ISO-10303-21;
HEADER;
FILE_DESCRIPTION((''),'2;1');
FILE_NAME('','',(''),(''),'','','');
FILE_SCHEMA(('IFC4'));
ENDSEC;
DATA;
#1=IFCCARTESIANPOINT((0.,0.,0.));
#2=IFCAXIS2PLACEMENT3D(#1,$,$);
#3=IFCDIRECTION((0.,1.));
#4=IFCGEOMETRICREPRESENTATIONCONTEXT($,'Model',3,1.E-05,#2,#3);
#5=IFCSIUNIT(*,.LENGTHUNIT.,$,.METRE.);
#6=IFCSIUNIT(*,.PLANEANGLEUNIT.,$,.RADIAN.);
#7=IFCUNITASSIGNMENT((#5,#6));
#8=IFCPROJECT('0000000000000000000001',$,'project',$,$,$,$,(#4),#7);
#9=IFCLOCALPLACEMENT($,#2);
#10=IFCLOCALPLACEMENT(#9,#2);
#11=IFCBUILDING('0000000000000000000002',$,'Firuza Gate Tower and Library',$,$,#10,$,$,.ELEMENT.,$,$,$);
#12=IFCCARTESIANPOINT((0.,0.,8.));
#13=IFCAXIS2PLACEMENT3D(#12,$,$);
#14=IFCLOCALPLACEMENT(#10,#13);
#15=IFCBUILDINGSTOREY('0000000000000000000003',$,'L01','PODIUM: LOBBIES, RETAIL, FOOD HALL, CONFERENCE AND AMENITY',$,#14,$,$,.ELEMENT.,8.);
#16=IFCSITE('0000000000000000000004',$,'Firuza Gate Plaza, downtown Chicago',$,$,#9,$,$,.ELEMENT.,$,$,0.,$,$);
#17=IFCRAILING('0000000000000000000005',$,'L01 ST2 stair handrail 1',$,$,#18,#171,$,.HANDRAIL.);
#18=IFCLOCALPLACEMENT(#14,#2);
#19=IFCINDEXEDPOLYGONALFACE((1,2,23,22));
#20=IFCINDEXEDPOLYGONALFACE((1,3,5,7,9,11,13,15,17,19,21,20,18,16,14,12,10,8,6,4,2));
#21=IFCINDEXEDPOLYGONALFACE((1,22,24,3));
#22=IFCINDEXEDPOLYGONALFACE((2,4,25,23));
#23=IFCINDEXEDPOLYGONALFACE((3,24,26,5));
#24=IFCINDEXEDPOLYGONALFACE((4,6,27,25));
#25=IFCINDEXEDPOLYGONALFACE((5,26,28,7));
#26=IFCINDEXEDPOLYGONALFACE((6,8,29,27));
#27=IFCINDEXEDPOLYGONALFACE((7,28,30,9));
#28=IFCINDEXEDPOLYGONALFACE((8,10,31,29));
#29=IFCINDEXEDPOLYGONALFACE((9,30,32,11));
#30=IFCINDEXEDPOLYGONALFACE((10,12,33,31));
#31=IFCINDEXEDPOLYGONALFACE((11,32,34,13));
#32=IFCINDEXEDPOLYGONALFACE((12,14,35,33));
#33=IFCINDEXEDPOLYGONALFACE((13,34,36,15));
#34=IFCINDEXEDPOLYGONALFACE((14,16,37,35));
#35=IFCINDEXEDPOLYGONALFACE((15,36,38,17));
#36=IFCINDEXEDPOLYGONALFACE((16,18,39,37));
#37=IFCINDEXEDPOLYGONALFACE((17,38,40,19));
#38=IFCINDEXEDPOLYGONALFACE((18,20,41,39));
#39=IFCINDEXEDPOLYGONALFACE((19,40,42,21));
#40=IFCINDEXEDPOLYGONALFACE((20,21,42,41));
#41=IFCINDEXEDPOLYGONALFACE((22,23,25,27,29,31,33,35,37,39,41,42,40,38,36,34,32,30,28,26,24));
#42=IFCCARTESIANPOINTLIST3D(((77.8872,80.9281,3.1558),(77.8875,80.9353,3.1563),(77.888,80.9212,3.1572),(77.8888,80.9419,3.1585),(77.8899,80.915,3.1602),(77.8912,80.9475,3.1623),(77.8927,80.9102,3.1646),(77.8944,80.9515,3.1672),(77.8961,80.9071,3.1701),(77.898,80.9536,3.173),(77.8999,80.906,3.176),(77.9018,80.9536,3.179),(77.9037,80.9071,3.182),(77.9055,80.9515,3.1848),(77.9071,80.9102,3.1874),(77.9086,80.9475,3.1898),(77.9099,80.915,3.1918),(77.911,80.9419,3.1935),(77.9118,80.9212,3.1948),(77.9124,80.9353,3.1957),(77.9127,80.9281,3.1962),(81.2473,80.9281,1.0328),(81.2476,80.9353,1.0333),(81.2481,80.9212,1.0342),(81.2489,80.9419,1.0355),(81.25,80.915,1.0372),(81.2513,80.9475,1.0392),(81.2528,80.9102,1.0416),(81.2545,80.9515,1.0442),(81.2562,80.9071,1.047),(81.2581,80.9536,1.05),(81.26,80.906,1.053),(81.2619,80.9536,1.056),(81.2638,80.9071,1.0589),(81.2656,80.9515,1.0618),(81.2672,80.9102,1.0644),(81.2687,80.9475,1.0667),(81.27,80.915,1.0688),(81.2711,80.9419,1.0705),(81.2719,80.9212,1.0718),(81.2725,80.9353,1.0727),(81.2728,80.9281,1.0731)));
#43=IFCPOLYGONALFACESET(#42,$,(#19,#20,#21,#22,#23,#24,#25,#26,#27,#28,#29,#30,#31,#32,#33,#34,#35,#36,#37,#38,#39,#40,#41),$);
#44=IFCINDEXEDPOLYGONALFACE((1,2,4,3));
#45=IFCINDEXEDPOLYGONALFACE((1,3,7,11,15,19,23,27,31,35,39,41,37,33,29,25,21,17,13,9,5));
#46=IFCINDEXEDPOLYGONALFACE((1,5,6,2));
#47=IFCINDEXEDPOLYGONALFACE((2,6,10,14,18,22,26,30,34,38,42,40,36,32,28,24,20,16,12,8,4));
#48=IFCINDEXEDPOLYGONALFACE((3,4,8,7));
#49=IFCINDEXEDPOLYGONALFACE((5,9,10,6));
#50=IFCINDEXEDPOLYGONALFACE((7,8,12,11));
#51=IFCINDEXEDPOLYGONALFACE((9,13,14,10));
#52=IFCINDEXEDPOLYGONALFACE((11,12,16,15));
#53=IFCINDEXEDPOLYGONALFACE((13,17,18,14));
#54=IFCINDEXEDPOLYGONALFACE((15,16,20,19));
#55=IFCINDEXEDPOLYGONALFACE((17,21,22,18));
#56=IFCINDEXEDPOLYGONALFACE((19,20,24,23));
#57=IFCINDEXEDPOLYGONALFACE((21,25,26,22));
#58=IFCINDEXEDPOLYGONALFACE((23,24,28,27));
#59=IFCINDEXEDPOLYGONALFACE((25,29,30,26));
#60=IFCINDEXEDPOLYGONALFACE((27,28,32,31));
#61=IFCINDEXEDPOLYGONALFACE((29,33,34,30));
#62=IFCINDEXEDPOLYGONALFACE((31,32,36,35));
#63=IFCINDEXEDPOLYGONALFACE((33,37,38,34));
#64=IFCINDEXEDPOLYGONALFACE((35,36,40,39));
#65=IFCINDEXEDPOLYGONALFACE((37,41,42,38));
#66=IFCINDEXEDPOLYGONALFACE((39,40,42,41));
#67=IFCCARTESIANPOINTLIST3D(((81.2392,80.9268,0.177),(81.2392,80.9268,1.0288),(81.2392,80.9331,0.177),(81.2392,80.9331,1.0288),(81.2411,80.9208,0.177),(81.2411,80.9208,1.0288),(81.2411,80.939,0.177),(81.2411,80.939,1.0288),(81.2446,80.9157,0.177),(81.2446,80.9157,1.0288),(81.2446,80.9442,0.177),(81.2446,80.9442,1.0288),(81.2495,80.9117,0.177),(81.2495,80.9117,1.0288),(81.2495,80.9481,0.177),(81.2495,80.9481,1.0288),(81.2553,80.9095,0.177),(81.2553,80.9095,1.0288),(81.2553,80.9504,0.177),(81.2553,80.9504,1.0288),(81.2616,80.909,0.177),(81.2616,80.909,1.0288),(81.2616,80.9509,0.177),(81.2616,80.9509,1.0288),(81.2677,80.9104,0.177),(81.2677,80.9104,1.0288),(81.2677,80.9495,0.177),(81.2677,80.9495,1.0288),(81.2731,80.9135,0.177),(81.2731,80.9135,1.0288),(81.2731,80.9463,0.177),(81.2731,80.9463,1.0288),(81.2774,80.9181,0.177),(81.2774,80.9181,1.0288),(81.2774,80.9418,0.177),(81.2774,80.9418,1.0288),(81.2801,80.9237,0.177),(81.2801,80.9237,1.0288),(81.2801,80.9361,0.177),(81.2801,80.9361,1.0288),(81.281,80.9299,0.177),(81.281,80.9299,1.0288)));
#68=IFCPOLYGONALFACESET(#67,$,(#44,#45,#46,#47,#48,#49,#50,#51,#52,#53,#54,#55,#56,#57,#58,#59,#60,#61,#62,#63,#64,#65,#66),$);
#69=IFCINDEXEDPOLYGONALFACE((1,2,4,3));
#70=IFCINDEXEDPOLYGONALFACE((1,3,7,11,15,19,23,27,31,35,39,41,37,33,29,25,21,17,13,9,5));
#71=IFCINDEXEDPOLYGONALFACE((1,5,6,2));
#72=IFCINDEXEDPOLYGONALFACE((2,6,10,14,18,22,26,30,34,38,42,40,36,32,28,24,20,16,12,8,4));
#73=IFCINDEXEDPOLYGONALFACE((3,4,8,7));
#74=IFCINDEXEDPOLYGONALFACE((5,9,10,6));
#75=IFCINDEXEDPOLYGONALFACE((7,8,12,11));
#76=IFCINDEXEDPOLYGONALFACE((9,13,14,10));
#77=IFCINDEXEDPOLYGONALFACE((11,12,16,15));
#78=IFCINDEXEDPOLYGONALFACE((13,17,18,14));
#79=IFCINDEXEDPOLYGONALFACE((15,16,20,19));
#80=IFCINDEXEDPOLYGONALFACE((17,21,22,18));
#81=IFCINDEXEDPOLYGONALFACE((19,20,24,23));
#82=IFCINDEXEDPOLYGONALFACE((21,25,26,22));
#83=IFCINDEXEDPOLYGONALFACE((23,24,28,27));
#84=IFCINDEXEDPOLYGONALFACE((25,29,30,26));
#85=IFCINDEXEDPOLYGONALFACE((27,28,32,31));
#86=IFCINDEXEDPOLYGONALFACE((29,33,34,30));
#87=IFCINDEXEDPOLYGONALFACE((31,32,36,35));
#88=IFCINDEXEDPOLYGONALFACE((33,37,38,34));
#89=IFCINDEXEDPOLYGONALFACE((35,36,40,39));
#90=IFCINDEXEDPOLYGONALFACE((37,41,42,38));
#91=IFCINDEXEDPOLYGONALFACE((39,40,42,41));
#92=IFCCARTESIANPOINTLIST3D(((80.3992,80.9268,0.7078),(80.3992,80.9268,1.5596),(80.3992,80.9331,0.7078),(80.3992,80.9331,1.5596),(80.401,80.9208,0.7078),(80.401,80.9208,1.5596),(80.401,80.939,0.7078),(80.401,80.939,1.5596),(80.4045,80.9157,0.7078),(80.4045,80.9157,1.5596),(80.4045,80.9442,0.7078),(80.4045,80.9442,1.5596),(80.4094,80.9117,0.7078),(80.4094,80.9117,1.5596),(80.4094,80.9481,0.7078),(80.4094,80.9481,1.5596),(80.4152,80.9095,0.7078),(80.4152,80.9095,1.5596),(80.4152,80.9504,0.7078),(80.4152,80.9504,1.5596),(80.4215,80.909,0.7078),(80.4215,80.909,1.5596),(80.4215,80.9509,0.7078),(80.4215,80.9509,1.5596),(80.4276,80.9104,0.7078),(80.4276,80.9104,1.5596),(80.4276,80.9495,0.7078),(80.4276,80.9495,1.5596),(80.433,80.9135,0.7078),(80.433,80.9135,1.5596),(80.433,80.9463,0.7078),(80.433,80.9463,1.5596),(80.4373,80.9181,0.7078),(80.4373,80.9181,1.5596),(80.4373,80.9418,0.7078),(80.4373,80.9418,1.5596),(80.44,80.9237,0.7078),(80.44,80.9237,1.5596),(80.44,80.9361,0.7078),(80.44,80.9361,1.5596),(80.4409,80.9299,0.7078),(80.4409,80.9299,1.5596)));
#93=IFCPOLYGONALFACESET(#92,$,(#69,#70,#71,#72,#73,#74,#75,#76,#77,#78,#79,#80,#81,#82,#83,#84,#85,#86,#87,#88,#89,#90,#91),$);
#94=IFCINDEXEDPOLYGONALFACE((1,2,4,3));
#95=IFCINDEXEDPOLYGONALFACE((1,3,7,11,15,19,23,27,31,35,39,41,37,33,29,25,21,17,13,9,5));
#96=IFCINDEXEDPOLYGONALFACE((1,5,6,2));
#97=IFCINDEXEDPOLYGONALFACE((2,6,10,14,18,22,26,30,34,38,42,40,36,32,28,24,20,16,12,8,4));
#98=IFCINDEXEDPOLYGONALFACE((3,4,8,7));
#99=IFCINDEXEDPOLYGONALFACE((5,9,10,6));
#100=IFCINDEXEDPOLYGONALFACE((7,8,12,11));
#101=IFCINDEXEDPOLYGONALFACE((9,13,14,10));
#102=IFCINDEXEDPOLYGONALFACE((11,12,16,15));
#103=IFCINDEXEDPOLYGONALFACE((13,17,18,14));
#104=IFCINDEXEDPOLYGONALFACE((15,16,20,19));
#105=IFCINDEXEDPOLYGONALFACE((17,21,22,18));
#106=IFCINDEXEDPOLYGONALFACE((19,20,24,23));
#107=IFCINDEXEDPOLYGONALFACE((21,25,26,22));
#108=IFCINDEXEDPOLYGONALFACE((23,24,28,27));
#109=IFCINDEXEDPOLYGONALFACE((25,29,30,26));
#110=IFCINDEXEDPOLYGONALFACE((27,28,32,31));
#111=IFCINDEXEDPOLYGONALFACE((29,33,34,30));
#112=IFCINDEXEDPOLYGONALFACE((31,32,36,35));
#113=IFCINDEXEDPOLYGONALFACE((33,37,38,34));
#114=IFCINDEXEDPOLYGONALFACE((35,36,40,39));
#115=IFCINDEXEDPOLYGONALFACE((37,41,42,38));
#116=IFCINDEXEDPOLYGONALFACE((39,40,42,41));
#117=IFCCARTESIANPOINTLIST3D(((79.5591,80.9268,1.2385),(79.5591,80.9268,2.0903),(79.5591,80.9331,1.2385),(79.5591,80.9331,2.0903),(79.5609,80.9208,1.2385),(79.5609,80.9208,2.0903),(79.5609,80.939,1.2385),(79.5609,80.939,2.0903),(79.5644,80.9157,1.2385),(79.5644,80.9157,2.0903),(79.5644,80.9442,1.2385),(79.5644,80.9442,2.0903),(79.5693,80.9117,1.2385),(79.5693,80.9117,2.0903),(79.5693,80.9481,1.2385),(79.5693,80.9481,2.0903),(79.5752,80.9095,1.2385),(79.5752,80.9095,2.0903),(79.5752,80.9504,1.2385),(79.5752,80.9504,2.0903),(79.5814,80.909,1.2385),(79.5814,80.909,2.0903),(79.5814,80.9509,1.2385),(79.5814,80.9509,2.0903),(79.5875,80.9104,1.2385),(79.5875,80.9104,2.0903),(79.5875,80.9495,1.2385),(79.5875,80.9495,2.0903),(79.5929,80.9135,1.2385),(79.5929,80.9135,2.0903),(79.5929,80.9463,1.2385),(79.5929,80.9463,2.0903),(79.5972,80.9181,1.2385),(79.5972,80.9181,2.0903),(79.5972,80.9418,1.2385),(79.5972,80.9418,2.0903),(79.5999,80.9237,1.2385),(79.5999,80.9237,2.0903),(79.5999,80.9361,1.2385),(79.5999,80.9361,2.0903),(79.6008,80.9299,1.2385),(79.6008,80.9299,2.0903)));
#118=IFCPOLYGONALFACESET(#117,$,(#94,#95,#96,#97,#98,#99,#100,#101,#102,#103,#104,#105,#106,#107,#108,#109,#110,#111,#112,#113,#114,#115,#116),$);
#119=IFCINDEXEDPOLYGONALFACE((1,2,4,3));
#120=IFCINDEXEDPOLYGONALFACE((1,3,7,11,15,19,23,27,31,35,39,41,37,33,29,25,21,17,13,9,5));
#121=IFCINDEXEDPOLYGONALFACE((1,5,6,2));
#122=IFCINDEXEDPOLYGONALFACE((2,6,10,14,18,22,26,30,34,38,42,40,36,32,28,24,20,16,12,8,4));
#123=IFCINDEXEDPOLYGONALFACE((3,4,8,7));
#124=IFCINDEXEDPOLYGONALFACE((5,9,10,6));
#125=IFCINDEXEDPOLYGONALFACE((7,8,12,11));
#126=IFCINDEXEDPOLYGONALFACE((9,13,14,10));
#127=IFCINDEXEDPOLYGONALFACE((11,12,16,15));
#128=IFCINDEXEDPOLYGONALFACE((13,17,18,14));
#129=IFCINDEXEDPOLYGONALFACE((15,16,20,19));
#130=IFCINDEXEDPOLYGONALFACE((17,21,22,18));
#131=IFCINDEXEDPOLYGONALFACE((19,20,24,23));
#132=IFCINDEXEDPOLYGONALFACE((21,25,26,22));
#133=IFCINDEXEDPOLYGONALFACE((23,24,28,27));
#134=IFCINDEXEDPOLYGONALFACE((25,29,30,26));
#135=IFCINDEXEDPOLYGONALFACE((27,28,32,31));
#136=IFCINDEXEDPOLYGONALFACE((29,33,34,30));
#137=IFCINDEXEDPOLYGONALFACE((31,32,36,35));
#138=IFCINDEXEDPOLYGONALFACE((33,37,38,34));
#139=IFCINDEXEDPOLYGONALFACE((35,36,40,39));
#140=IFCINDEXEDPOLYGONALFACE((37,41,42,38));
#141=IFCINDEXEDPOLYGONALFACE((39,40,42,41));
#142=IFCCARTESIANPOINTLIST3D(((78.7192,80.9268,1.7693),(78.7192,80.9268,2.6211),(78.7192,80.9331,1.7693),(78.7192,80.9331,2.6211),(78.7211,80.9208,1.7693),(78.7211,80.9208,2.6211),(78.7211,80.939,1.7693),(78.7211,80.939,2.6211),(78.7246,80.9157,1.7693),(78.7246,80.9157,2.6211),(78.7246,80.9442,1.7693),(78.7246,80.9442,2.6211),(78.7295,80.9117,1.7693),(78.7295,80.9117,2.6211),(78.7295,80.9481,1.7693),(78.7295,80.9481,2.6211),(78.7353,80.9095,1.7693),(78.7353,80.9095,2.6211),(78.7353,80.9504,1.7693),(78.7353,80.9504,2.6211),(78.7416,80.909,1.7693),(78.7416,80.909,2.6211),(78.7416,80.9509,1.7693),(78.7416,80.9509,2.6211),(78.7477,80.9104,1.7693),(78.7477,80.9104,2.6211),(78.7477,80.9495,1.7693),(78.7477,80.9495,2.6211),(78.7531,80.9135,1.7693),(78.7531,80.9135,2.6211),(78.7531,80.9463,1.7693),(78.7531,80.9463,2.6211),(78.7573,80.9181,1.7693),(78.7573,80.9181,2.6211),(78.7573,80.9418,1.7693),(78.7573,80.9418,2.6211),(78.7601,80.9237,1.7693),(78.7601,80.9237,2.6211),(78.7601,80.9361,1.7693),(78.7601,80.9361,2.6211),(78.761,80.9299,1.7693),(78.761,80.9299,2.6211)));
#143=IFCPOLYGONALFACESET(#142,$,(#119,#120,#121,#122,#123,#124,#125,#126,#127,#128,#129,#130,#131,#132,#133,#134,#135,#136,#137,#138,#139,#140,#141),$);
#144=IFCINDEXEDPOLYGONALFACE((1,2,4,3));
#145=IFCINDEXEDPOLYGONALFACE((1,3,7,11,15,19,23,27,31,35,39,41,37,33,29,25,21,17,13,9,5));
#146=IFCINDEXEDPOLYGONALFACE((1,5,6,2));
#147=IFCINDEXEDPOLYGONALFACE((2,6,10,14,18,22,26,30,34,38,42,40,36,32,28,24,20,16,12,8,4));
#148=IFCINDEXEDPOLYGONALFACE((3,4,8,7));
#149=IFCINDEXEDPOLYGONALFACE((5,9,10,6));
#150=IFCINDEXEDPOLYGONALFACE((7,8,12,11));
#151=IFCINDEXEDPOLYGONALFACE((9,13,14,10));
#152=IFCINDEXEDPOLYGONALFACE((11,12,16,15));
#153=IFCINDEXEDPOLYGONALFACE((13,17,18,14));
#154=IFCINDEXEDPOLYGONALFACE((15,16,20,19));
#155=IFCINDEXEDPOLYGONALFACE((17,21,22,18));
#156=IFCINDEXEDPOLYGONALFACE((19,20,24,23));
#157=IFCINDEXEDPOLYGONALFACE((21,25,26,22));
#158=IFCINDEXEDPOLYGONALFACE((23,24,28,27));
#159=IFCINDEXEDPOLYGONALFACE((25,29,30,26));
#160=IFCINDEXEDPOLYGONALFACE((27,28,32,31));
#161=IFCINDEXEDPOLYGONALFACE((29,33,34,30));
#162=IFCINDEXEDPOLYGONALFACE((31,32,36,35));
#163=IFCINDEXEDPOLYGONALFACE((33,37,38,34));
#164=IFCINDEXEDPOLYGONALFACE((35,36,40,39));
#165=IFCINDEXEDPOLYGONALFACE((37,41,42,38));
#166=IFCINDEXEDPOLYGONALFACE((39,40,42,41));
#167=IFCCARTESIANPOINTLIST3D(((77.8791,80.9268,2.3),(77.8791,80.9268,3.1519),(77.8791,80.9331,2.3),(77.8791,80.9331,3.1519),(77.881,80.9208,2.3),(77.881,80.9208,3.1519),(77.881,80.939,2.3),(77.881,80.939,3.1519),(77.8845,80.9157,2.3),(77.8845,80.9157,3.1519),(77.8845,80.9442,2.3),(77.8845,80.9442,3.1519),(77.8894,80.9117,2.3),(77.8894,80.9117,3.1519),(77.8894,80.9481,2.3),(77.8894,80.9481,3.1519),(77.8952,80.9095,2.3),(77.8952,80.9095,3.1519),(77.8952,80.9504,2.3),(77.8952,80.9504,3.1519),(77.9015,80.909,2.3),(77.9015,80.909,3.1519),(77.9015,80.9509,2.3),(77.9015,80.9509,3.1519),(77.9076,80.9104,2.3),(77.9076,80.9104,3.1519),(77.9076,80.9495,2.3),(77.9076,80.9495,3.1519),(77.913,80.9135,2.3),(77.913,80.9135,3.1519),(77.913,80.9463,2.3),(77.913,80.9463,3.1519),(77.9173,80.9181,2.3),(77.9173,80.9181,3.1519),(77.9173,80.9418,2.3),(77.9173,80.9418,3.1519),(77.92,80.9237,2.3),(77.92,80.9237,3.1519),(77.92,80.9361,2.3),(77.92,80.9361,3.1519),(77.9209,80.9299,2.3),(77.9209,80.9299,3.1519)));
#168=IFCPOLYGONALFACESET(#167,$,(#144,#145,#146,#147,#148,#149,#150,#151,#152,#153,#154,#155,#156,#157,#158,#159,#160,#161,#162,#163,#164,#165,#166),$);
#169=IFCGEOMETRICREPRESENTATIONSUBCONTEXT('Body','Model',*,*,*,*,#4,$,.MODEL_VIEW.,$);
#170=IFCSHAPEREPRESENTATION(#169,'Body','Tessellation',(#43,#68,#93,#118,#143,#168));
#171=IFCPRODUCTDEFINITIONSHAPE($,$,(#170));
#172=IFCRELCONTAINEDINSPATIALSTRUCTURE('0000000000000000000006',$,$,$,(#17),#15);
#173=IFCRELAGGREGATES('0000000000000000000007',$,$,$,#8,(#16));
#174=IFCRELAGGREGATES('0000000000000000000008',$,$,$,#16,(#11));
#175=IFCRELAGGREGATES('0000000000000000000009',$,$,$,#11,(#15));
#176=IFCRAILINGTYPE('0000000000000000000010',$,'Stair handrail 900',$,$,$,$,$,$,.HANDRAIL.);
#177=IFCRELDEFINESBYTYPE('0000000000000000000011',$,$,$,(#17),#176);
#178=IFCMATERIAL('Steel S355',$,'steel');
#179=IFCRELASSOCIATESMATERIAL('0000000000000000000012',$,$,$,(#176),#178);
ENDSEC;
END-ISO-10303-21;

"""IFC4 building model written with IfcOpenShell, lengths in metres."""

from ifc_helpers import new_model, si_unit, direction, frame, origin, origin_2d, place, context, subcontext, project, spatial, circle, extrude, material, type_object, element, save


model = new_model("IFC4")

# Units and contexts
model_context = context("Model", 3, precision=1e-05, world=origin(), true_north=direction((0.0, 1.0)))
body_context = subcontext(model_context, "Body", "Model", "MODEL_VIEW")
ifc_project = project(units=[si_unit("LENGTHUNIT", "METRE"), si_unit("PLANEANGLEUNIT", "RADIAN")], contexts=[model_context])

# Site, building, storey
site_placement = place(None, origin())
site = spatial("IfcSite", under=ifc_project, at=site_placement, Name="Firuza Gate Plaza, downtown Chicago", CompositionType="ELEMENT", RefElevation=0.0)
building_placement = place(site_placement, origin())
building = spatial("IfcBuilding", under=site, at=building_placement, Name="Firuza Gate Tower and Library", CompositionType="ELEMENT")
storey_placement = place(building_placement, frame((0.0, 0.0, 8.0)))
storey = spatial("IfcBuildingStorey", under=building, at=storey_placement, Name="L01", Description="PODIUM: LOBBIES, RETAIL, FOOD HALL, CONFERENCE AND AMENITY", CompositionType="ELEMENT", Elevation=8.0)

# Railing
ifc_material_1 = material(Name="Steel S355", Category="steel")
railing_type_1 = type_object("IfcRailingType", Name="Stair handrail 900", PredefinedType="HANDRAIL", material=ifc_material_1)
railing_1_placement = place(storey_placement, frame((81.26, 80.9299, 0.177)))
element("IfcRailing", 1, at=railing_1_placement, inside=storey, type_object=railing_type_1, Name="L01 ST2 stair handrail 1", PredefinedType="HANDRAIL", context=body_context, shape_type="SweptSolid", body=[
    extrude(circle(Radius=0.0239, at=origin_2d()), frame((0.0, 0.0, 0.876), z_axis=(-0.84539, 0.0, 0.53415), x_axis=(0.0, -1.0, 0.0)), (0.0, 0.0, 1.0), 3.9746),
    extrude(circle(Radius=0.021, at=origin_2d()), origin(), (0.0, 0.0, 1.0), 0.8518),
    extrude(circle(Radius=0.021, at=origin_2d()), frame((-0.8401, 0.0, 0.5308)), (0.0, 0.0, 1.0), 0.8518),
    extrude(circle(Radius=0.021, at=origin_2d()), frame((-1.6802, 0.0, 1.0615)), (0.0, 0.0, 1.0), 0.8518),
    extrude(circle(Radius=0.021, at=origin_2d()), frame((-2.52, 0.0, 1.5923)), (0.0, 0.0, 1.0), 0.8518),
    extrude(circle(Radius=0.021, at=origin_2d()), frame((-3.3601, 0.0, 2.123)), (0.0, 0.0, 1.0), 0.8518),
])

save(model, "model.ifc")
